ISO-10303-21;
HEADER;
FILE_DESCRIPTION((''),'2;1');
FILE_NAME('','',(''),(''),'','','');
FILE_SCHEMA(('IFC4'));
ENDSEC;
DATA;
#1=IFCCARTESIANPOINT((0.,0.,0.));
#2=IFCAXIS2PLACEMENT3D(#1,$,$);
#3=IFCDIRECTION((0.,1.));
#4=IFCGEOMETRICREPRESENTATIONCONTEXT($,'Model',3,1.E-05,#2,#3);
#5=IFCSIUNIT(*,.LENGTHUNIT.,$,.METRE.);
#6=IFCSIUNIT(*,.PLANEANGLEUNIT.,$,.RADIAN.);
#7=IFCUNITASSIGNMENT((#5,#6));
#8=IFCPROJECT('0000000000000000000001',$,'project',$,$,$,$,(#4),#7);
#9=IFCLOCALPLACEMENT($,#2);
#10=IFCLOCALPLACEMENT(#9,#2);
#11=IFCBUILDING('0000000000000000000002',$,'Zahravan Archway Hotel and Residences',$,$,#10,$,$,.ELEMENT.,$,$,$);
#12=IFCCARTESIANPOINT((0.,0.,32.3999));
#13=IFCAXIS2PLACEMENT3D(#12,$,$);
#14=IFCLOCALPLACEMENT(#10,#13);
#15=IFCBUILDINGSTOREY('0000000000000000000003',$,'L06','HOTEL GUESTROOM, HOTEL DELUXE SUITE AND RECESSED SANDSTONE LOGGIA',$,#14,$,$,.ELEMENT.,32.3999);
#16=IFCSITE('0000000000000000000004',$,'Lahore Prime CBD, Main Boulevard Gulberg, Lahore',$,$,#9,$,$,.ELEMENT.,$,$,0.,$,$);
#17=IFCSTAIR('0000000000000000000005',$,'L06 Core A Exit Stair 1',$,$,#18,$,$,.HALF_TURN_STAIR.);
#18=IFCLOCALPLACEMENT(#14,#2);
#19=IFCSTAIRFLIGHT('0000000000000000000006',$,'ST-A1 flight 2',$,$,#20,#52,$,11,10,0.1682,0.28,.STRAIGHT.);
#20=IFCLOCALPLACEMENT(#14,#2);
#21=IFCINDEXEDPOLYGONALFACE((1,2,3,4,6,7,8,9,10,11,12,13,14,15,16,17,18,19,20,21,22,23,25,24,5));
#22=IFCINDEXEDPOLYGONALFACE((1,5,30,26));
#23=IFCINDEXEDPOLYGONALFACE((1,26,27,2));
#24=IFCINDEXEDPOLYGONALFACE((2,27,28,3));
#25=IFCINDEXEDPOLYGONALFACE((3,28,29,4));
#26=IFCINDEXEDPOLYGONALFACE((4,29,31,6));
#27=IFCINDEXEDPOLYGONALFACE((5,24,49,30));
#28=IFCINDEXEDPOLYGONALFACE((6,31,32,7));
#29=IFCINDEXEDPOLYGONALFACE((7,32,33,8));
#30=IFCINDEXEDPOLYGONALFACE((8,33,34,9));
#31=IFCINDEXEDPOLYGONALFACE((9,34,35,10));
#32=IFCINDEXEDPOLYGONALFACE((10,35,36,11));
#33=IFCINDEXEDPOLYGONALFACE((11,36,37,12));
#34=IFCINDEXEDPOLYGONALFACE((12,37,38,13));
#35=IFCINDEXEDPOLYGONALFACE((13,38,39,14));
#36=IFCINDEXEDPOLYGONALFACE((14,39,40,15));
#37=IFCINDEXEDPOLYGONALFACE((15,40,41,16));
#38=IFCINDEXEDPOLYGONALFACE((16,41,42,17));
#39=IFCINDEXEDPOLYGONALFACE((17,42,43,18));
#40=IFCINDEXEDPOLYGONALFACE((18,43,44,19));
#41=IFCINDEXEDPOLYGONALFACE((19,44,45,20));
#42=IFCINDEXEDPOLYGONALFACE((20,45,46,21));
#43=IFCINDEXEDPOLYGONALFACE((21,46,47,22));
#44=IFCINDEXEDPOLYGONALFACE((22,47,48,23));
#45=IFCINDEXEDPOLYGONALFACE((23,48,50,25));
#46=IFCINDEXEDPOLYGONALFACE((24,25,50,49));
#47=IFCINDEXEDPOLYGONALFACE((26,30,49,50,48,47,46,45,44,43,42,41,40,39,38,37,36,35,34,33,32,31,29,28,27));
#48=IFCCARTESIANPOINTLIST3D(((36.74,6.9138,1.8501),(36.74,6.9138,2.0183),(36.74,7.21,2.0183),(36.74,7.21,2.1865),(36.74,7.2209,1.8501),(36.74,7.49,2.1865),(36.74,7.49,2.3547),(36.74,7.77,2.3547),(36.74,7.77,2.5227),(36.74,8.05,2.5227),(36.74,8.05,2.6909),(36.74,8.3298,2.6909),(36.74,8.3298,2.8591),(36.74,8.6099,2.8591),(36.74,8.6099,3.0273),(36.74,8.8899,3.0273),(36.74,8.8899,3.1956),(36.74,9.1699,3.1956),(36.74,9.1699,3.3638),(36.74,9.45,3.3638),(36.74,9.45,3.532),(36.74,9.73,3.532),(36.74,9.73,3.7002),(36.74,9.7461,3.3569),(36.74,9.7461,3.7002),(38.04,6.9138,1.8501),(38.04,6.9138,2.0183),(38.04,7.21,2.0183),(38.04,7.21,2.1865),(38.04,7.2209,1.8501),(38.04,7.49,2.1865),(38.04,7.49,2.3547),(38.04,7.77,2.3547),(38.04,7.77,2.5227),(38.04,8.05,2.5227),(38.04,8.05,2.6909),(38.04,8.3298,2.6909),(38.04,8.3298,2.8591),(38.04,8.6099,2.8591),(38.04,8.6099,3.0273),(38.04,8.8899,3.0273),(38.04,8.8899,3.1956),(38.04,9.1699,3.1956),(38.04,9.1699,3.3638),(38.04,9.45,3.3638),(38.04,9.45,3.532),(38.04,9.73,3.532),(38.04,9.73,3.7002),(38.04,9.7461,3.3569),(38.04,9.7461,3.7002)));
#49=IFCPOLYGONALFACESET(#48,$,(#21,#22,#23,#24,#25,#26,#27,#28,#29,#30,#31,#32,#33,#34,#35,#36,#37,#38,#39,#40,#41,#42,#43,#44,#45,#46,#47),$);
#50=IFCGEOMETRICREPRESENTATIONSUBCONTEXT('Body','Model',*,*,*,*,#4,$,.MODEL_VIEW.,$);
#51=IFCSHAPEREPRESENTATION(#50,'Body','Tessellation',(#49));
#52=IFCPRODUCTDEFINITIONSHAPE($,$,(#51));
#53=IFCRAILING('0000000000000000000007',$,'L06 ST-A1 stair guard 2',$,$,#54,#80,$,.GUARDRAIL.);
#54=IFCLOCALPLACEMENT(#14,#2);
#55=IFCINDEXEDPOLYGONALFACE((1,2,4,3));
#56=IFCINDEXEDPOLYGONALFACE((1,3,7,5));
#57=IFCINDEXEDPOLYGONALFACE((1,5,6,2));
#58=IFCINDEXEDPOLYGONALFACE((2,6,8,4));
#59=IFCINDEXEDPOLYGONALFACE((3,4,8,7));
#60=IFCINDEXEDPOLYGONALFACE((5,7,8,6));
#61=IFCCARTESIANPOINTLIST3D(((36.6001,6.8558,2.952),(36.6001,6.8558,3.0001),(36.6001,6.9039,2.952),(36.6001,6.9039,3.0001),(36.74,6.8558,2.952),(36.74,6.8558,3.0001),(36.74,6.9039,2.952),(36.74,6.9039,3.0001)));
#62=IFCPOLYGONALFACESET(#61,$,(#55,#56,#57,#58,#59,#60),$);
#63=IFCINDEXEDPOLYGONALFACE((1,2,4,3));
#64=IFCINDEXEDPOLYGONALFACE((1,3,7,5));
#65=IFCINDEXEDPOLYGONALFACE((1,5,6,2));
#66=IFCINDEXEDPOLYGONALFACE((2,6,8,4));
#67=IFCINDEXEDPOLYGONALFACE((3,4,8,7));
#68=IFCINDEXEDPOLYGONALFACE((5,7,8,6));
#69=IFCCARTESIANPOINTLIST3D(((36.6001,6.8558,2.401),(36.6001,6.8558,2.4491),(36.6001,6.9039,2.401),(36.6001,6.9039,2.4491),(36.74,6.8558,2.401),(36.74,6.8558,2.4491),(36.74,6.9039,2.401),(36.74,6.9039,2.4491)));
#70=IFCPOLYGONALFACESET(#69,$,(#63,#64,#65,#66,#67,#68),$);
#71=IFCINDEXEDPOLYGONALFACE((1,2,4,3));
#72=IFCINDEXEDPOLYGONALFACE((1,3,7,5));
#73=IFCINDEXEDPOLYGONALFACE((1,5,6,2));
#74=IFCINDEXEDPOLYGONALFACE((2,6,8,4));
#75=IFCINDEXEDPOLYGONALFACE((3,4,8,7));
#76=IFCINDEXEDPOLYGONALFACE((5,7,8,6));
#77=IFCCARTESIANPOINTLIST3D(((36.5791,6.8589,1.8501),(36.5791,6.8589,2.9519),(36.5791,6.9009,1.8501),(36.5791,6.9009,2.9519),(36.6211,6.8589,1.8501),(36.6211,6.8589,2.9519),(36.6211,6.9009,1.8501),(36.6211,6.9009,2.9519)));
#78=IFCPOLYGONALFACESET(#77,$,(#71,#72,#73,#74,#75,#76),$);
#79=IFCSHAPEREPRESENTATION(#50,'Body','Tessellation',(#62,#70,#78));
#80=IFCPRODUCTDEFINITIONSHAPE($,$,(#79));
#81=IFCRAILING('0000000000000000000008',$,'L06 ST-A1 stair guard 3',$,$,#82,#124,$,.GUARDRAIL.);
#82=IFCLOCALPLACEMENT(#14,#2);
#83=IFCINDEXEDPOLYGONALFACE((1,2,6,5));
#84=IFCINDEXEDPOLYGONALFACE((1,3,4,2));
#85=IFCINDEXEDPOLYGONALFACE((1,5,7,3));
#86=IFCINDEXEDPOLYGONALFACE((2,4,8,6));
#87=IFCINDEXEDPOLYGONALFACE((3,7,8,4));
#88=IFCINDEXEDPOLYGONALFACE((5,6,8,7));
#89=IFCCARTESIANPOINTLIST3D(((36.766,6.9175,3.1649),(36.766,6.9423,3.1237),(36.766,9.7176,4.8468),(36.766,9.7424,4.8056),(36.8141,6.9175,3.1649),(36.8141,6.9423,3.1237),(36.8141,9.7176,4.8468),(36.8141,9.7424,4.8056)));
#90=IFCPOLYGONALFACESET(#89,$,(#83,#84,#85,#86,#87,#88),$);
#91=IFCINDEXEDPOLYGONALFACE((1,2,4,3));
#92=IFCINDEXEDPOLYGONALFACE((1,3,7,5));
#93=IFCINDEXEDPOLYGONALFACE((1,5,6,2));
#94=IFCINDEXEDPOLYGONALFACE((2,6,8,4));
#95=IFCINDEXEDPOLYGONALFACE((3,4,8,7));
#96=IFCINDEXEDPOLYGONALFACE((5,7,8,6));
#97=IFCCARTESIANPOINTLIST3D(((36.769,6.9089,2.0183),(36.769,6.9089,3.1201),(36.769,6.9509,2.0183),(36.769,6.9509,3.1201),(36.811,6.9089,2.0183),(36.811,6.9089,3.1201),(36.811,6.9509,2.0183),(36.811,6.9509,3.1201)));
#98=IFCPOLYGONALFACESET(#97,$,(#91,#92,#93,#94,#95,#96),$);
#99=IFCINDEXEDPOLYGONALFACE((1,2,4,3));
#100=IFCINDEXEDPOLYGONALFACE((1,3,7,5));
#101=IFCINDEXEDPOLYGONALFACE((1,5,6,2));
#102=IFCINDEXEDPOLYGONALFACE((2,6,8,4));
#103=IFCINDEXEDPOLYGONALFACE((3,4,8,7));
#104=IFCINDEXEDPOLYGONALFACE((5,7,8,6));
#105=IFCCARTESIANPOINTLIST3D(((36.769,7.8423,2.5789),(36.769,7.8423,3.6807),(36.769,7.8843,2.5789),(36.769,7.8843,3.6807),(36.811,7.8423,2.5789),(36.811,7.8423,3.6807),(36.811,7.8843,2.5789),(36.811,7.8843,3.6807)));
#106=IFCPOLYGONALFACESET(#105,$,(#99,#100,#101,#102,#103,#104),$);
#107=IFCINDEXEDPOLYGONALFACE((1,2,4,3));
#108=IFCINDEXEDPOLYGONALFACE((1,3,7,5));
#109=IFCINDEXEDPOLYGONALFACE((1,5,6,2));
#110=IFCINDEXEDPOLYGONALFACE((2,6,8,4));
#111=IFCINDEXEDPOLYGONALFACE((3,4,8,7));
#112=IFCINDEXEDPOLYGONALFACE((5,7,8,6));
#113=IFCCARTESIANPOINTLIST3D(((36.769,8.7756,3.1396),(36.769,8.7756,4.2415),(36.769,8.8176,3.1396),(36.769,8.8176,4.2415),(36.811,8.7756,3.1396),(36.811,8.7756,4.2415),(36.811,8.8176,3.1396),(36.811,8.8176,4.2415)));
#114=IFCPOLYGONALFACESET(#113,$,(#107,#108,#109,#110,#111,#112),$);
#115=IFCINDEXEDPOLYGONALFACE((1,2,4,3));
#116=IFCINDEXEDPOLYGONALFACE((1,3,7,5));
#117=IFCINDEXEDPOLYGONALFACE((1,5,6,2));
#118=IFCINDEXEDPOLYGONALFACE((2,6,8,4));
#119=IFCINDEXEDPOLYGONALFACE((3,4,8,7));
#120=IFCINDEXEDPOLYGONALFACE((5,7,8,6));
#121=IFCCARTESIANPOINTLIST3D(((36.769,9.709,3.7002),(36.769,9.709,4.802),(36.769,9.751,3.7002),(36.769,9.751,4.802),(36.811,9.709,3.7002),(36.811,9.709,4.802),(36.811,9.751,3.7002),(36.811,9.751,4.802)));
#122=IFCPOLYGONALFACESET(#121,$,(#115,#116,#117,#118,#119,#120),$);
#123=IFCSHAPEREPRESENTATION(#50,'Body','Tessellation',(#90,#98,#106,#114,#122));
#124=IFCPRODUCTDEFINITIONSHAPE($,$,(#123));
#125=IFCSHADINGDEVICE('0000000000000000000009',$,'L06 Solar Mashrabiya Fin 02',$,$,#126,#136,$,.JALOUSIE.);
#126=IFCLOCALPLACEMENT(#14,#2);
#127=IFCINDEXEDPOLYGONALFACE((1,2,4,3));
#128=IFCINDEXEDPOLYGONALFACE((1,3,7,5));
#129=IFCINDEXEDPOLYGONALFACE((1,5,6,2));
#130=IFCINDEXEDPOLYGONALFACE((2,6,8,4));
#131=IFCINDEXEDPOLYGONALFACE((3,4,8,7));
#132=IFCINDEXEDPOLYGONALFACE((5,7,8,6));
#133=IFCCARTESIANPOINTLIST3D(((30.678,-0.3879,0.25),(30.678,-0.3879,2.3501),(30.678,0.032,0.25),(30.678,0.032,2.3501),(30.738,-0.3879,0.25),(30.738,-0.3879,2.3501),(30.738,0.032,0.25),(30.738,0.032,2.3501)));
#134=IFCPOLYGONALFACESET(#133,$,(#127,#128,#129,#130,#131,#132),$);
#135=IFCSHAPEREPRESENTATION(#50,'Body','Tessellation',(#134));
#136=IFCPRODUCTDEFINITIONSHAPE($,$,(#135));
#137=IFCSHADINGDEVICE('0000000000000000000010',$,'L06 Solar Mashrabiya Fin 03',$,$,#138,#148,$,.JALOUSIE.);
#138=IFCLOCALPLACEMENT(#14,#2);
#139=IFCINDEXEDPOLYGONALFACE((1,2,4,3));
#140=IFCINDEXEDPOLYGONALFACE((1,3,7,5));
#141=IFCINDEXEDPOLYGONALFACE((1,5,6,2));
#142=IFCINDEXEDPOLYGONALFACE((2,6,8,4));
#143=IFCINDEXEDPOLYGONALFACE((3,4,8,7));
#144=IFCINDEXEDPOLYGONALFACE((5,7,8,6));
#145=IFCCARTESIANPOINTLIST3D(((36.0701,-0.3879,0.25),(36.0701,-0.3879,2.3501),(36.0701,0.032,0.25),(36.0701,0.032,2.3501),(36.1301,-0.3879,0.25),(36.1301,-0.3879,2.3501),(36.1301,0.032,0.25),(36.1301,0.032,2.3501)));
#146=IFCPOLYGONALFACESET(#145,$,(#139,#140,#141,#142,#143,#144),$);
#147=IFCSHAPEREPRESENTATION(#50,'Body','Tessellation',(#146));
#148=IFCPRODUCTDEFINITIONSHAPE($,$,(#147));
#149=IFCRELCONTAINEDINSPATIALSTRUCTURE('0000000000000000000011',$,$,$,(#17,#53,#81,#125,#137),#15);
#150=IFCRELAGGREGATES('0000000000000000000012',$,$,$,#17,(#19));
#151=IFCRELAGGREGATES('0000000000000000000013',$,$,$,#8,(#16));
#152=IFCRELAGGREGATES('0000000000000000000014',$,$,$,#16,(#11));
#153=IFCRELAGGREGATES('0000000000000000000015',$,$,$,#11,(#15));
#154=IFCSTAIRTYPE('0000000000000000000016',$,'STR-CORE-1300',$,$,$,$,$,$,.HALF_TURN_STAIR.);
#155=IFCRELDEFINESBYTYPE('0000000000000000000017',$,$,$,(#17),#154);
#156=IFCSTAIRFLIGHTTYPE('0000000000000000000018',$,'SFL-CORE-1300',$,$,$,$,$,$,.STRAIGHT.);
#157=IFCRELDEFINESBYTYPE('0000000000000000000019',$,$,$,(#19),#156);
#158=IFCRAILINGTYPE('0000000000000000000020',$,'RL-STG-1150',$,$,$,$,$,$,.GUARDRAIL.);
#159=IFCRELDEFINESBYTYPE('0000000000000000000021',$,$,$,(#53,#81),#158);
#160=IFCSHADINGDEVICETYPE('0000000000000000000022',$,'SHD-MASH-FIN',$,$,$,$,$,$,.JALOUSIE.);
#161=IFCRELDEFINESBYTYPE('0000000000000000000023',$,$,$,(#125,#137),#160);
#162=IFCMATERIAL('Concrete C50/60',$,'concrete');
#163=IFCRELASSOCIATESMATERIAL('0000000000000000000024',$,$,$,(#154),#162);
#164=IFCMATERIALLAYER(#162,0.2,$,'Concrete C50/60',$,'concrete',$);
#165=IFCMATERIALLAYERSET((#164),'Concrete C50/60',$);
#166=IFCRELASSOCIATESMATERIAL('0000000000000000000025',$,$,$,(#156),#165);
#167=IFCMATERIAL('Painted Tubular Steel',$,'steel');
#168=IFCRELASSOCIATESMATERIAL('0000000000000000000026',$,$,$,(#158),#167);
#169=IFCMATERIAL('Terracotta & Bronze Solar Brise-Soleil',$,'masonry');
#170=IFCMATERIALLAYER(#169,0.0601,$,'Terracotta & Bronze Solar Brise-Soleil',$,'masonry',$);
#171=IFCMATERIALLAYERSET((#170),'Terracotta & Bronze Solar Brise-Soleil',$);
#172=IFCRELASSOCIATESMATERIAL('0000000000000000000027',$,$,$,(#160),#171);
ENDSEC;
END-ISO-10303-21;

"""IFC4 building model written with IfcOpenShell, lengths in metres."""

from ifc_helpers import new_model, si_unit, direction, frame, origin, origin_2d, place, context, subcontext, project, spatial, polyline, rectangle, outline, extrude, source, transform, mapped, material, layer, layer_set, type_object, type_shapes, element, aggregate, save


model = new_model("IFC4")

# Units and contexts
model_context = context("Model", 3, precision=1e-05, world=origin(), true_north=direction((0.0, 1.0)))
body_context = subcontext(model_context, "Body", "Model", "MODEL_VIEW")
ifc_project = project(units=[si_unit("LENGTHUNIT", "METRE"), si_unit("PLANEANGLEUNIT", "RADIAN")], contexts=[model_context])

# Site, building, storey
site_placement = place(None, origin())
site = spatial("IfcSite", under=ifc_project, at=site_placement, Name="Lahore Prime CBD, Main Boulevard Gulberg, Lahore", CompositionType="ELEMENT", RefElevation=0.0)
building_placement = place(site_placement, origin())
building = spatial("IfcBuilding", under=site, at=building_placement, Name="Zahravan Archway Hotel and Residences", CompositionType="ELEMENT")
storey_placement = place(building_placement, frame((0.0, 0.0, 32.3999)))
storey = spatial("IfcBuildingStorey", under=building, at=storey_placement, Name="L06", Description="HOTEL GUESTROOM, HOTEL DELUXE SUITE AND RECESSED SANDSTONE LOGGIA", CompositionType="ELEMENT", Elevation=32.3999)

# Shared definitions
ifc_material_1 = material(Name="Concrete C50/60", Category="concrete")

# Stair, stair flight
stair_type = type_object("IfcStairType", Name="STR-CORE-1300", PredefinedType="HALF_TURN_STAIR", material=ifc_material_1)
stair_placement = place(storey_placement, origin())
stair = element("IfcStair", 1, at=stair_placement, inside=storey, type_object=stair_type, Name="L06 Core A Exit Stair 1", PredefinedType="HALF_TURN_STAIR")
ifc_layer_1 = layer(ifc_material_1, 0.2, Name="Concrete C50/60", Category="concrete")
ifc_layer_set_1 = layer_set([ifc_layer_1], Name="Concrete C50/60")
stair_flight_type = type_object("IfcStairFlightType", Name="SFL-CORE-1300", PredefinedType="STRAIGHT", material=ifc_layer_set_1)
shared_shape_1 = source(origin(), body_context, "Body", "SweptSolid", [
    extrude(outline(polyline([(-0.0161, 0.0), (-0.0161, 0.1682), (0.28, 0.1682), (0.28, 0.3364), (0.5601, 0.3364), (0.5601, 0.5046), (0.8401, 0.5046), (0.8401, 0.6726), (1.1201, 0.6726), (1.1201, 0.8408), (1.3999, 0.8408), (1.3999, 1.009), (1.6799, 1.009), (1.6799, 1.1772), (1.96, 1.1772), (1.96, 1.3455), (2.24, 1.3455), (2.24, 1.5137), (2.52, 1.5137), (2.52, 1.6819), (2.8, 1.6819), (2.8, 1.8501), (2.8162, 1.8501), (2.8162, 1.5068), (0.291, 0.0), (-0.0161, 0.0)])), frame((0.0, 0.6499, 0.0), z_axis=(0.0, -1.0, 0.0), x_axis=(1.0, 0.0, 0.0)), (0.0, 0.0, 1.0), 1.3),
])
stair_flight_placement = place(storey_placement, frame((37.3899, 6.9299, 1.8501), z_axis=(0.0, 0.0, 1.0), x_axis=(0.0, 1.0, 0.0)))
stair_flight = element("IfcStairFlight", 2, at=stair_flight_placement, type_object=stair_flight_type, Name="ST-A1 flight 2", NumberOfRisers=11, NumberOfTreads=10, PredefinedType="STRAIGHT", RiserHeight=0.1682, TreadLength=0.28, context=body_context, shape_type="MappedRepresentation", body=[
    mapped(shared_shape_1, transform((0.0, 0.0, 0.0), scale=1.0)),
])
aggregate(stair, [stair_flight])

# Railings
ifc_material_2 = material(Name="Painted Tubular Steel", Category="steel")
railing_type = type_object("IfcRailingType", Name="RL-STG-1150", PredefinedType="GUARDRAIL", material=ifc_material_2)
railing_1_placement = place(storey_placement, frame((36.6001, 6.8799, 1.8501)))
element("IfcRailing", 3, at=railing_1_placement, inside=storey, type_object=railing_type, Name="L06 ST-A1 stair guard 2", PredefinedType="GUARDRAIL", context=body_context, shape_type="SweptSolid", body=[
    extrude(rectangle(XDim=0.0481, YDim=0.0481, at=origin_2d()), frame((0.0, 0.0, 1.126), z_axis=(1.0, 0.0, 0.0), x_axis=(0.0, 1.0, 0.0)), (0.0, 0.0, 1.0), 0.1399),
    extrude(rectangle(XDim=0.0481, YDim=0.0481, at=origin_2d()), frame((0.0, 0.0, 0.575), z_axis=(1.0, 0.0, 0.0), x_axis=(0.0, 1.0, 0.0)), (0.0, 0.0, 1.0), 0.1399),
    extrude(rectangle(XDim=0.042, YDim=0.042, at=origin_2d()), origin(), (0.0, 0.0, 1.0), 1.1018),
])
railing_2_placement = place(storey_placement, frame((36.79, 6.9299, 2.0183)))
element("IfcRailing", 4, at=railing_2_placement, inside=storey, type_object=railing_type, Name="L06 ST-A1 stair guard 3", PredefinedType="GUARDRAIL", context=body_context, shape_type="SweptSolid", body=[
    extrude(rectangle(XDim=0.0481, YDim=0.0481, at=origin_2d()), frame((0.0, 0.0, 1.126), z_axis=(0.0, 0.857242, 0.514913), x_axis=(-1.0, 0.0, 0.0)), (0.0, 0.0, 1.0), 3.2664),
    extrude(rectangle(XDim=0.042, YDim=0.042, at=origin_2d()), origin(), (0.0, 0.0, 1.0), 1.1018),
    extrude(rectangle(XDim=0.042, YDim=0.042, at=origin_2d()), frame((0.0, 0.9333, 0.5605)), (0.0, 0.0, 1.0), 1.1018),
    extrude(rectangle(XDim=0.042, YDim=0.042, at=origin_2d()), frame((0.0, 1.8667, 1.1213)), (0.0, 0.0, 1.0), 1.1018),
    extrude(rectangle(XDim=0.042, YDim=0.042, at=origin_2d()), frame((0.0, 2.8, 1.6819)), (0.0, 0.0, 1.0), 1.1018),
])

# Shading devices
ifc_material_3 = material(Name="Terracotta & Bronze Solar Brise-Soleil", Category="masonry")
ifc_layer_2 = layer(ifc_material_3, 0.0601, Name="Terracotta & Bronze Solar Brise-Soleil", Category="masonry")
ifc_layer_set_2 = layer_set([ifc_layer_2], Name="Terracotta & Bronze Solar Brise-Soleil")
shading_device_type = type_object("IfcShadingDeviceType", Name="SHD-MASH-FIN", PredefinedType="JALOUSIE", material=ifc_layer_set_2)
shared_shape_2 = source(origin(), body_context, "Body", "SweptSolid", [
    extrude(rectangle(XDim=0.0601, YDim=0.4199, at=origin_2d()), origin(), (0.0, 0.0, 1.0), 2.1001),
])
type_shapes(shading_device_type, [shared_shape_2])
for number, where, z_axis, x_axis, name in (
    (5, (30.708, -0.178, 0.25), (0.0, 0.0, 1.0), (1.0, 0.0, 0.0), "L06 Solar Mashrabiya Fin 02"),
    (6, (36.1001, -0.178, 0.25), (0.0, 0.0, 1.0), (1.0, 0.0, 0.0), "L06 Solar Mashrabiya Fin 03"),
):
    element("IfcShadingDevice", number, at=place(storey_placement, frame(where, z_axis=z_axis, x_axis=x_axis)), inside=storey, type_object=shading_device_type, Name=name, PredefinedType="JALOUSIE", context=body_context, shape_type="MappedRepresentation", body=[
        mapped(shared_shape_2, transform((0.0, 0.0, 0.0), scale=1.0)),
    ])

save(model, "model.ifc")
